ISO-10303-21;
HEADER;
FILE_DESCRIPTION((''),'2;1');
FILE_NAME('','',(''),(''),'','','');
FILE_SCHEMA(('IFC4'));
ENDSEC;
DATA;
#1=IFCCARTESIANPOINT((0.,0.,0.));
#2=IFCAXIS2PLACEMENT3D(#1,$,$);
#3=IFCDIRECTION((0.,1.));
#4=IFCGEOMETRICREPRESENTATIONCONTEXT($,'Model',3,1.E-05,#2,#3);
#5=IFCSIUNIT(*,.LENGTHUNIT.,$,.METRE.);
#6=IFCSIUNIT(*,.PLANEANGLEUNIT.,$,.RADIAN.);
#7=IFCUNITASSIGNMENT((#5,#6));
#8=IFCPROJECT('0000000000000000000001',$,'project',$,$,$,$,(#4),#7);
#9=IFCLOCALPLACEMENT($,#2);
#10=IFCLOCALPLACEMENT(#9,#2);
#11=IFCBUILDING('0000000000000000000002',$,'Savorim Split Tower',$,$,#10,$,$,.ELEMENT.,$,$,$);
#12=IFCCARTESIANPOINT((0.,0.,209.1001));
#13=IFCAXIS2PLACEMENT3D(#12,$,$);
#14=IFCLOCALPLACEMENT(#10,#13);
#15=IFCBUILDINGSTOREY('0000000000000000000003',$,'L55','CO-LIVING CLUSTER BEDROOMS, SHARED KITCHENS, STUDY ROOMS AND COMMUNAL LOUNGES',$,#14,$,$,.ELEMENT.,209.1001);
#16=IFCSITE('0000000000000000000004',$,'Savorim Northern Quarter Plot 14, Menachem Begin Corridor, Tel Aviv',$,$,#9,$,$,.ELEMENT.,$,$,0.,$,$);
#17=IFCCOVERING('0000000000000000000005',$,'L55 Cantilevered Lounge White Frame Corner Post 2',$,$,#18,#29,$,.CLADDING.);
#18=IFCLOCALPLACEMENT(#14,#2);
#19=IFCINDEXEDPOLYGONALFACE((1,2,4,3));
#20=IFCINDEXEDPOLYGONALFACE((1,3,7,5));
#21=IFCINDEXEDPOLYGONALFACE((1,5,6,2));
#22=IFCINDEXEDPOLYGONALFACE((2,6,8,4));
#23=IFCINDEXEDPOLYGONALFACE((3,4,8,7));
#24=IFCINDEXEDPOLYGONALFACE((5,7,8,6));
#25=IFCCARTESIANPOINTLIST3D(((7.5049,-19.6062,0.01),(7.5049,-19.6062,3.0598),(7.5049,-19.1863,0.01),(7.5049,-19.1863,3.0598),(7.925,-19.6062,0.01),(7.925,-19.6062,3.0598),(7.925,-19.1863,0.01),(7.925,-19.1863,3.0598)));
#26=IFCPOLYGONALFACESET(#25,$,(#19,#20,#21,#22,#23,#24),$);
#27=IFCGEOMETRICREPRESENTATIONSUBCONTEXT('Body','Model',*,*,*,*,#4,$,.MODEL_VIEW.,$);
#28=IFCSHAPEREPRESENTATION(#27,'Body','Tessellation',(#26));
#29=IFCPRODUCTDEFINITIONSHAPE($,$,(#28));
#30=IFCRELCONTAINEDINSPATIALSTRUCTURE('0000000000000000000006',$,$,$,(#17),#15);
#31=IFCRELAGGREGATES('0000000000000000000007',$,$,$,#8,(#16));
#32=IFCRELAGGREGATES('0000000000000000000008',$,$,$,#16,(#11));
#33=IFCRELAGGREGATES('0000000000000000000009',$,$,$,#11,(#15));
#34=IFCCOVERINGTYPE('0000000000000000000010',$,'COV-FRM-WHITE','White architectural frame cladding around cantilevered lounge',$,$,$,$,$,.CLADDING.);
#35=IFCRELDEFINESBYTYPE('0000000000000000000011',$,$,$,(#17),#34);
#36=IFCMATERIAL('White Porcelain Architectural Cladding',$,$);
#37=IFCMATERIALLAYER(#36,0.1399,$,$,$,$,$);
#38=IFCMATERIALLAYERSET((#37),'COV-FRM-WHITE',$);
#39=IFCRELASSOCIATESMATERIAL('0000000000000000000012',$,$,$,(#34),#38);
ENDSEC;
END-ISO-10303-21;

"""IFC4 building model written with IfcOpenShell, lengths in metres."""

from ifc_helpers import new_model, si_unit, direction, frame, origin, place, context, subcontext, project, spatial, polyline, outline, extrude, material, layer, layer_set, type_object, element, save


model = new_model("IFC4")

# Units and contexts
model_context = context("Model", 3, precision=1e-05, world=origin(), true_north=direction((0.0, 1.0)))
body_context = subcontext(model_context, "Body", "Model", "MODEL_VIEW")
ifc_project = project(units=[si_unit("LENGTHUNIT", "METRE"), si_unit("PLANEANGLEUNIT", "RADIAN")], contexts=[model_context])

# Site, building, storey
site_placement = place(None, origin())
site = spatial("IfcSite", under=ifc_project, at=site_placement, Name="Savorim Northern Quarter Plot 14, Menachem Begin Corridor, Tel Aviv", CompositionType="ELEMENT", RefElevation=0.0)
building_placement = place(site_placement, origin())
building = spatial("IfcBuilding", under=site, at=building_placement, Name="Savorim Split Tower", CompositionType="ELEMENT")
storey_placement = place(building_placement, frame((0.0, 0.0, 209.1001)))
storey = spatial("IfcBuildingStorey", under=building, at=storey_placement, Name="L55", Description="CO-LIVING CLUSTER BEDROOMS, SHARED KITCHENS, STUDY ROOMS AND COMMUNAL LOUNGES", CompositionType="ELEMENT", Elevation=209.1001)

# Covering
ifc_material_1 = material(Name="White Porcelain Architectural Cladding")
ifc_layer_1 = layer(ifc_material_1, 0.1399)
ifc_layer_set_1 = layer_set([ifc_layer_1], Name="COV-FRM-WHITE")
covering_type_1 = type_object("IfcCoveringType", Name="COV-FRM-WHITE", Description="White architectural frame cladding around cantilevered lounge", PredefinedType="CLADDING", material=ifc_layer_set_1)
covering_1_placement = place(storey_placement, frame((0.0, 0.0, 0.01)))
element("IfcCovering", 1, at=covering_1_placement, inside=storey, type_object=covering_type_1, Name="L55 Cantilevered Lounge White Frame Corner Post 2", PredefinedType="CLADDING", context=body_context, shape_type="SweptSolid", body=[
    extrude(outline(polyline([(7.5049, -19.6062), (7.925, -19.6062), (7.925, -19.1863), (7.5049, -19.1863), (7.5049, -19.6062)])), origin(), (0.0, 0.0, 1.0), 3.0498),
])

save(model, "model.ifc")
